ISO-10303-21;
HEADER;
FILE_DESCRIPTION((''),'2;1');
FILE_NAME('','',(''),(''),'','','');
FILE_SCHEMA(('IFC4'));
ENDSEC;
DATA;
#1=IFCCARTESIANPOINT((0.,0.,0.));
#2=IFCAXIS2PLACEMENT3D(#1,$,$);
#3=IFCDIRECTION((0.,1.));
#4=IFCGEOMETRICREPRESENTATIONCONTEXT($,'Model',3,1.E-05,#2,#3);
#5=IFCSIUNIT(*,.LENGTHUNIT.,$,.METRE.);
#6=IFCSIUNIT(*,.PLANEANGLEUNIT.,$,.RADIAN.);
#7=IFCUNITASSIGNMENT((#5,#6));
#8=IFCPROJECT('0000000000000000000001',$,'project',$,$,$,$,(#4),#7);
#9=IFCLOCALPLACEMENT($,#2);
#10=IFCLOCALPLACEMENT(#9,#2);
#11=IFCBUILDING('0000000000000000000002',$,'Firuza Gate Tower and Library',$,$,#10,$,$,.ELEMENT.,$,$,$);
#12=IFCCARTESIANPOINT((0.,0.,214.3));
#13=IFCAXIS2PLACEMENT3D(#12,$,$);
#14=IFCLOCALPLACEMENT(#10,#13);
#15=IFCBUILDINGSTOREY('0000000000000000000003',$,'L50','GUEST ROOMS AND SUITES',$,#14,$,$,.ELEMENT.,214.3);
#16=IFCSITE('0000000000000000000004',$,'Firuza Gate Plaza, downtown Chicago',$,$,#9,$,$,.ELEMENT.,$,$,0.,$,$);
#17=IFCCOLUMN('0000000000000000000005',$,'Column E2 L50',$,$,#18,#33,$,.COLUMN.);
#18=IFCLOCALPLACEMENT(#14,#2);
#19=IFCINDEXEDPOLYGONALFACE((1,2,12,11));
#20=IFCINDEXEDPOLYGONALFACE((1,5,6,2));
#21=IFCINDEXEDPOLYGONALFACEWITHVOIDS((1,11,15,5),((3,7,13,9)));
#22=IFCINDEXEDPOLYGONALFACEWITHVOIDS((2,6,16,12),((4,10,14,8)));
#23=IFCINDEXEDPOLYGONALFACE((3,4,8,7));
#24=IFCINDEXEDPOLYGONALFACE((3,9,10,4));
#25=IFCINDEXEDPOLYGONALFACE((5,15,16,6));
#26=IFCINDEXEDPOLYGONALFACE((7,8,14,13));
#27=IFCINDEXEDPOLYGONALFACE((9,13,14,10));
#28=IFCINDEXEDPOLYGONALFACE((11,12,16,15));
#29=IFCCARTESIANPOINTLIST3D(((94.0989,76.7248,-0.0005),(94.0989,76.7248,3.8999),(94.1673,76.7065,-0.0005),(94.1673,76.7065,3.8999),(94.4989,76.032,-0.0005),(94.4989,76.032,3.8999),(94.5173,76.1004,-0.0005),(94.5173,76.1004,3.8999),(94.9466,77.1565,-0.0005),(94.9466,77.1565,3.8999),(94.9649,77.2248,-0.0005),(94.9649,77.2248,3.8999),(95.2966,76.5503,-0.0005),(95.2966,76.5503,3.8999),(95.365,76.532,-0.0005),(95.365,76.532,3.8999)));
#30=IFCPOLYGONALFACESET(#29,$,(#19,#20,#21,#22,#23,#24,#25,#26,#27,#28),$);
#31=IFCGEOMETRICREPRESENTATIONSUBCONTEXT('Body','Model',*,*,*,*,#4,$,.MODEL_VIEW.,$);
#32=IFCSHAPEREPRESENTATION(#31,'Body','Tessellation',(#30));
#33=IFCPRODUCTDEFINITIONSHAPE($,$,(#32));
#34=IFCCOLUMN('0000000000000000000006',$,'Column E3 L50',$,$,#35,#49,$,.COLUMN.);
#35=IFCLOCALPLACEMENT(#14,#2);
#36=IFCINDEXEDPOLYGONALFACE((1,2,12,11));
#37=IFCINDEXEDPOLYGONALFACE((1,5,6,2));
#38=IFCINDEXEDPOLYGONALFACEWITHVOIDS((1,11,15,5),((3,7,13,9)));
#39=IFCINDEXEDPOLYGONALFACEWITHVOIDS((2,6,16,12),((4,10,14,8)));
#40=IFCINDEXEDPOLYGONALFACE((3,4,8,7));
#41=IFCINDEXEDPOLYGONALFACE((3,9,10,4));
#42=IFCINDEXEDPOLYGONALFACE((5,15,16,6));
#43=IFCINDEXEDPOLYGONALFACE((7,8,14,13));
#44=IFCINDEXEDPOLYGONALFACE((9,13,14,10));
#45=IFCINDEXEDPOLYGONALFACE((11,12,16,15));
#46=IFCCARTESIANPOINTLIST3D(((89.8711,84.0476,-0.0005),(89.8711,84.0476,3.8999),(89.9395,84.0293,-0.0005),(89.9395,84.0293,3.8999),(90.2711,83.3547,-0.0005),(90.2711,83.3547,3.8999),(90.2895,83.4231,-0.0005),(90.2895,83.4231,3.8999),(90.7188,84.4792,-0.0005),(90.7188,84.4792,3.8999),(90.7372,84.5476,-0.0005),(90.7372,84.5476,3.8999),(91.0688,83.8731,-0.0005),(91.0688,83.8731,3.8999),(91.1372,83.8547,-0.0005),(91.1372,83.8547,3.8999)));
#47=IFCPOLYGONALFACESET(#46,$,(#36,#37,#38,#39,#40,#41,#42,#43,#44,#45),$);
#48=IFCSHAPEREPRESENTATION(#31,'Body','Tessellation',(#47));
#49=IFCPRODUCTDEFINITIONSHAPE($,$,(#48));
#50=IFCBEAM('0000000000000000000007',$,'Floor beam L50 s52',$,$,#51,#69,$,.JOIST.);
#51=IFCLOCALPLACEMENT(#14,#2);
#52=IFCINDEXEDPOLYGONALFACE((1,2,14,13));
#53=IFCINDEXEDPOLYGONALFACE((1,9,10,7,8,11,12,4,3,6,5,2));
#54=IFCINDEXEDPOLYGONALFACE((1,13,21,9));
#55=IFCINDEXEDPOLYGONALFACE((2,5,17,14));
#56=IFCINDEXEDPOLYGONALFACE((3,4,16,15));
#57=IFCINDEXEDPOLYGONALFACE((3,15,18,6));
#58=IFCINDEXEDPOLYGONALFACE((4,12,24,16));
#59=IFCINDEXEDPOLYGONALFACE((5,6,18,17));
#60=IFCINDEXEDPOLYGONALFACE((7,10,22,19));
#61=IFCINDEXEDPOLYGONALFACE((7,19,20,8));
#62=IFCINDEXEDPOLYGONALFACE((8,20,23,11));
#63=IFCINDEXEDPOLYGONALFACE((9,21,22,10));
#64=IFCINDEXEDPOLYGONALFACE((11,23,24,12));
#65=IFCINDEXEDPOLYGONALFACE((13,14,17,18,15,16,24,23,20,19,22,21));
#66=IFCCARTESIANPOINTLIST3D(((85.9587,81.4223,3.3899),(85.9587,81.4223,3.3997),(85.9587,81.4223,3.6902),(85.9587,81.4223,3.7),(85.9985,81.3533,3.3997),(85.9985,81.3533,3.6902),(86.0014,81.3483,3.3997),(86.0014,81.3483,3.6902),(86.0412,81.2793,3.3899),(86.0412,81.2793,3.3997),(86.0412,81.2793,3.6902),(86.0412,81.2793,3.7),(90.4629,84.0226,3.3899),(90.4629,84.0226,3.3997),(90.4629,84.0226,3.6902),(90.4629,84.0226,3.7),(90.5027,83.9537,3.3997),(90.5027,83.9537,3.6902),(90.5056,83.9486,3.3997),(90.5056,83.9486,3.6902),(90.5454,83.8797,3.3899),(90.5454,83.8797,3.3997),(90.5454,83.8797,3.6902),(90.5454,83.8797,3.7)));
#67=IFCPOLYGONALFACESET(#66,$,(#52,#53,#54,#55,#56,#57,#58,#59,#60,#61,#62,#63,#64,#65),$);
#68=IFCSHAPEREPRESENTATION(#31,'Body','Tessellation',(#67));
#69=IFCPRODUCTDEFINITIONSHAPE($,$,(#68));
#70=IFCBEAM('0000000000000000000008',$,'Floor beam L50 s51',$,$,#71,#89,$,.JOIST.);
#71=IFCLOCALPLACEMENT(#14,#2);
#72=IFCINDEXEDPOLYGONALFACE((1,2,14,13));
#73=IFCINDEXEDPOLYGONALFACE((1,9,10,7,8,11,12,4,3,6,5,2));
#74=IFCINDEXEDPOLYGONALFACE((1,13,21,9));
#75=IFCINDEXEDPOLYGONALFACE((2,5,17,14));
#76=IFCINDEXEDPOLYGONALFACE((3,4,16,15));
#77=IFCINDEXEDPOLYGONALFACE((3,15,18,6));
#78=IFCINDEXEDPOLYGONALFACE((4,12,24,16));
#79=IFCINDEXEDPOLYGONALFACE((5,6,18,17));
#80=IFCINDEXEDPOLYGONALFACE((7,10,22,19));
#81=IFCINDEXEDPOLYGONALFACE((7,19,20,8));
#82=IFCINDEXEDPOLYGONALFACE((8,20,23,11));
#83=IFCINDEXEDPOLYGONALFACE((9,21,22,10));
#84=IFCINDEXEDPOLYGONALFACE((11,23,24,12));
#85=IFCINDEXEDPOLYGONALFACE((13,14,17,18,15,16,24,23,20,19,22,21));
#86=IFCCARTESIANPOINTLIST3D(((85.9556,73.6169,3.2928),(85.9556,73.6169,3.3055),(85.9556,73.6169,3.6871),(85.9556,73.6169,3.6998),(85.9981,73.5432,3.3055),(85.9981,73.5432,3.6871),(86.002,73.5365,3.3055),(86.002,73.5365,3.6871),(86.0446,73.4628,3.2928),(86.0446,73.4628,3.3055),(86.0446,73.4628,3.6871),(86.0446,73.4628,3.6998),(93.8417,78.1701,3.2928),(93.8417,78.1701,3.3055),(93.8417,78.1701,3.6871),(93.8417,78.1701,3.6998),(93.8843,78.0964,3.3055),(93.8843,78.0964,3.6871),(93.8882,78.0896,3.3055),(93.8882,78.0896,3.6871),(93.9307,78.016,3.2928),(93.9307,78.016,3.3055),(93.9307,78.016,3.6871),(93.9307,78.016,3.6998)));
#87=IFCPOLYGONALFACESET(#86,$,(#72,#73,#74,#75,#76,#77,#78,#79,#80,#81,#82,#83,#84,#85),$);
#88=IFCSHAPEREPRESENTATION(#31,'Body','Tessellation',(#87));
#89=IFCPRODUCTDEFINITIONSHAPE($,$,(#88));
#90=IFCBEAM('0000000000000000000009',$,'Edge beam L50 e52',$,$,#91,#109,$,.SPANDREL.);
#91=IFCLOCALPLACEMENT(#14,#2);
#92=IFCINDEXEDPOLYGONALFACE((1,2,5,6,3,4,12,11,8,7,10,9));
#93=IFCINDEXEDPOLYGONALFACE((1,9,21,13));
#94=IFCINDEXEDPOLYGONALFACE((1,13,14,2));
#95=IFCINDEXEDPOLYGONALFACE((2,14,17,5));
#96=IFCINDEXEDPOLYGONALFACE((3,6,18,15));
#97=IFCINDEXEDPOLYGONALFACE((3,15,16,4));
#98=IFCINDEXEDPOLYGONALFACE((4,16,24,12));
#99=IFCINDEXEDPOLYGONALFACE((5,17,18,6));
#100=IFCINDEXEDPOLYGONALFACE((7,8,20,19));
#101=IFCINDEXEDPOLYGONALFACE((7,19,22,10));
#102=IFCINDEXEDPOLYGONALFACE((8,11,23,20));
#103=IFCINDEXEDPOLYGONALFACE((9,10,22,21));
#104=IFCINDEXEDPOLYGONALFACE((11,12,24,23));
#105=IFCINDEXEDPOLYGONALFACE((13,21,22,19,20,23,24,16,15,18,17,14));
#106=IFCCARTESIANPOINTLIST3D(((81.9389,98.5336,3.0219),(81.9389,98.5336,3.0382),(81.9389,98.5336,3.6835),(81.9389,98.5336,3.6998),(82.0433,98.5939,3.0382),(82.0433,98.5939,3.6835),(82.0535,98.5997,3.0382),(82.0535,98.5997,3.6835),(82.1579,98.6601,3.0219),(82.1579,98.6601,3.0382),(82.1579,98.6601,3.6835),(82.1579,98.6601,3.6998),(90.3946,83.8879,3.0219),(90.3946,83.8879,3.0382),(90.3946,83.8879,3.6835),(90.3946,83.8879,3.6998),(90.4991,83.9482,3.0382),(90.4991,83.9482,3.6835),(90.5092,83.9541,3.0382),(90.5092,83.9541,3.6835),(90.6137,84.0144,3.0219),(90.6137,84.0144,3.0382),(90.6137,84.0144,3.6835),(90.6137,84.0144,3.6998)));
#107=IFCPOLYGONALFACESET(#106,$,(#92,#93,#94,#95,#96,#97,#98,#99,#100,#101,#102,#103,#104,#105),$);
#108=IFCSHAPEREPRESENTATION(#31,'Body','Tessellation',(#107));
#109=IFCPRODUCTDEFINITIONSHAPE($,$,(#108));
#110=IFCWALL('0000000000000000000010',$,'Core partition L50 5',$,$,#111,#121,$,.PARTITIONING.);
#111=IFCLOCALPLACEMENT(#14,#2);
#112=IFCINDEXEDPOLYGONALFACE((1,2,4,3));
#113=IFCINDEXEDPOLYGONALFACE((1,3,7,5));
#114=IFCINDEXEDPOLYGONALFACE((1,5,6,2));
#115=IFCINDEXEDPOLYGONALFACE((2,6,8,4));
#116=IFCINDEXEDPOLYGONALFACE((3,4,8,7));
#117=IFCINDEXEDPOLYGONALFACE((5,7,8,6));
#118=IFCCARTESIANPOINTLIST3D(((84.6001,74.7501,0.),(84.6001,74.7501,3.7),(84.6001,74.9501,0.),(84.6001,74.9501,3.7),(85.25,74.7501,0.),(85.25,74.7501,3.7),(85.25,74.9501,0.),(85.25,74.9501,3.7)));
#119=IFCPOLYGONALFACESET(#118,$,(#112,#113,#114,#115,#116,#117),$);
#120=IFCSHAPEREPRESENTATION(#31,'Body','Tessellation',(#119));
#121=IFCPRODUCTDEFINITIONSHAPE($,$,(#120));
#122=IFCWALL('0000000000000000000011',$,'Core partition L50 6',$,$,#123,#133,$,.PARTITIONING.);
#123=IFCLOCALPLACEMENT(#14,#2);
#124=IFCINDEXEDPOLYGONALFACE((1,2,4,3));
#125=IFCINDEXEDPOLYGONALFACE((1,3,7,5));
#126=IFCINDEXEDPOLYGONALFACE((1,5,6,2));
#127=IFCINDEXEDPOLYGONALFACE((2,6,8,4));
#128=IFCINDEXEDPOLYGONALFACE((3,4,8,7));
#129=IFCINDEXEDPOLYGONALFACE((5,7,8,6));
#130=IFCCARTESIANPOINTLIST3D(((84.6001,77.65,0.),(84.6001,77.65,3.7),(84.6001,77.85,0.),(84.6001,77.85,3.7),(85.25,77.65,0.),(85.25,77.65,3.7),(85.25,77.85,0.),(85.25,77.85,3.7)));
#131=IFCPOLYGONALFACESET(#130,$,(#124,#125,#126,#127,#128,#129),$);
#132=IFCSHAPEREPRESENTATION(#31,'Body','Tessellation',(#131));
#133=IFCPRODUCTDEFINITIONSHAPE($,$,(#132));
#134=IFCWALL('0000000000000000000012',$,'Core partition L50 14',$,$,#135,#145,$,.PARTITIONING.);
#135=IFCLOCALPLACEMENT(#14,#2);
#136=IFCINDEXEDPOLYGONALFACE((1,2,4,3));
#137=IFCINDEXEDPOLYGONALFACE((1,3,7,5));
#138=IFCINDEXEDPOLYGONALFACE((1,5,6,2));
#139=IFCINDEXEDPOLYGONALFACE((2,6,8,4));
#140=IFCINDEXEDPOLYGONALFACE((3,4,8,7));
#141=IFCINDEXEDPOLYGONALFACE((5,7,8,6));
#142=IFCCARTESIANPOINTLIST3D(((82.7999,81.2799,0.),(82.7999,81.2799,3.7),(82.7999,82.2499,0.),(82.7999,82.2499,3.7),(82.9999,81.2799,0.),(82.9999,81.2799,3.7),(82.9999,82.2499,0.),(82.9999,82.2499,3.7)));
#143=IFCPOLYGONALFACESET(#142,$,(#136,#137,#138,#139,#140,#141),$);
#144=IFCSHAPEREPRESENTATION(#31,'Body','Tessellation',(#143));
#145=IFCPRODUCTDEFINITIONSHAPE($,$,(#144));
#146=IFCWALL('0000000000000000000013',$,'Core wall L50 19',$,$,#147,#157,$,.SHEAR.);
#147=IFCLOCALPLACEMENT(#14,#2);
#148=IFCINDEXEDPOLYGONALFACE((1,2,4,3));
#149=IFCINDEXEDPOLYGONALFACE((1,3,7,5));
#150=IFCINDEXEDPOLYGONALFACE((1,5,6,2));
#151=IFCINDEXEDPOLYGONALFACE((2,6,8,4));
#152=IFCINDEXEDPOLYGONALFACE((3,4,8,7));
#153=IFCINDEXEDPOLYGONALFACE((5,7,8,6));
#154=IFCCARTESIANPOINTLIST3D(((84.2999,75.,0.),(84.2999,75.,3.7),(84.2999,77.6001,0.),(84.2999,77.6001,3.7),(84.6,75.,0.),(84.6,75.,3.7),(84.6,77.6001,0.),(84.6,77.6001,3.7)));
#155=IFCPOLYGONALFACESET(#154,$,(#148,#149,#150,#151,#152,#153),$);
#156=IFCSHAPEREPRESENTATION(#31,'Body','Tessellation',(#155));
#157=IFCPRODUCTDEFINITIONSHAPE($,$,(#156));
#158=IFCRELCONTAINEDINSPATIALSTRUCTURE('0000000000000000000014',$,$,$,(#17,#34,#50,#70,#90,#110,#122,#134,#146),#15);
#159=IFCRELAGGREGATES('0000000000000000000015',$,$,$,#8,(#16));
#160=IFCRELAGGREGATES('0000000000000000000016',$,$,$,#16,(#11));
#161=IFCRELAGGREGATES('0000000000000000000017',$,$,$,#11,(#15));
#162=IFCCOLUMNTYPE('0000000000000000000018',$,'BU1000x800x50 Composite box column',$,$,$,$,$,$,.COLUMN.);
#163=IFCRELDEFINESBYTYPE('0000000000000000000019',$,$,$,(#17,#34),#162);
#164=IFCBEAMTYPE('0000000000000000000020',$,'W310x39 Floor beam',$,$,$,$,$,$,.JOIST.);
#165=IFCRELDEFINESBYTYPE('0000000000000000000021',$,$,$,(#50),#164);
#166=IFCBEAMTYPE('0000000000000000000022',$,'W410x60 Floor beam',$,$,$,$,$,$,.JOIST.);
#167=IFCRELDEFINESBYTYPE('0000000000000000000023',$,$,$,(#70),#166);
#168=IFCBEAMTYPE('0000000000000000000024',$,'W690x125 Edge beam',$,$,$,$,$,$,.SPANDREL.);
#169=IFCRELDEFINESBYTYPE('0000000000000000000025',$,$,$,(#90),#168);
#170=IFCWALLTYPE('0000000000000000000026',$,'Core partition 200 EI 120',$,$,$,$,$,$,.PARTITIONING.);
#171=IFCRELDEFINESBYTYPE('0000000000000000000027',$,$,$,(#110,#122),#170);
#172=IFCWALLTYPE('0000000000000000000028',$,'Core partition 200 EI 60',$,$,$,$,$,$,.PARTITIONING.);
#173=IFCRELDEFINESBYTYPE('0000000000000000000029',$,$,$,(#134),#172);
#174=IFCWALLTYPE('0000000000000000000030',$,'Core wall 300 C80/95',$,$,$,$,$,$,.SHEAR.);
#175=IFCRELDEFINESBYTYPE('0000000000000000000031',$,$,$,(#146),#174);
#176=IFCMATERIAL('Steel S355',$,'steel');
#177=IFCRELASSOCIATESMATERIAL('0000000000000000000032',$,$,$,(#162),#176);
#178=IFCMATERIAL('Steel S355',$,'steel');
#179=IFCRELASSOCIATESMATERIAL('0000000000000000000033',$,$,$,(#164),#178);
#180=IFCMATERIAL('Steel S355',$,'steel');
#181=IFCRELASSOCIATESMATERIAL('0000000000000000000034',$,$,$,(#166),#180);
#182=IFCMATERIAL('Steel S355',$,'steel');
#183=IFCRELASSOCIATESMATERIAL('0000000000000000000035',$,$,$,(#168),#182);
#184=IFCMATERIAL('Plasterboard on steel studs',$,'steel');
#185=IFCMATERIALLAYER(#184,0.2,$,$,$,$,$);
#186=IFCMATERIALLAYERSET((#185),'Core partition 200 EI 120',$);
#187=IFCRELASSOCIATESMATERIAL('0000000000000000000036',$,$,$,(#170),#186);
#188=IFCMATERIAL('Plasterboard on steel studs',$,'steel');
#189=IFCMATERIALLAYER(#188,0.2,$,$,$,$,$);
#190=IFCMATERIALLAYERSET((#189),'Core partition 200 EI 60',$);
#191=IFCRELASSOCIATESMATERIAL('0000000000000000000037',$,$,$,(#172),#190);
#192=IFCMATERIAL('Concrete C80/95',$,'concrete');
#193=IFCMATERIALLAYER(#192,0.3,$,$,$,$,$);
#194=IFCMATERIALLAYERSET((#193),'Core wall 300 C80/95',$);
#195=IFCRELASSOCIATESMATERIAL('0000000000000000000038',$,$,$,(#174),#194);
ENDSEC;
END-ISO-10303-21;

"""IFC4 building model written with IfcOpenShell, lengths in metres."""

from ifc_helpers import new_model, si_unit, direction, frame, frame_2d, origin, origin_2d, place, context, subcontext, project, spatial, rectangle, hollow_rectangle, i_section, extrude, material, layer, layer_set, material_profile, profile_set, type_object, element, save


model = new_model("IFC4")

# Units and contexts
model_context = context("Model", 3, precision=1e-05, world=origin(), true_north=direction((0.0, 1.0)))
body_context = subcontext(model_context, "Body", "Model", "MODEL_VIEW")
ifc_project = project(units=[si_unit("LENGTHUNIT", "METRE"), si_unit("PLANEANGLEUNIT", "RADIAN")], contexts=[model_context])

# Site, building, storey
site_placement = place(None, origin())
site = spatial("IfcSite", under=ifc_project, at=site_placement, Name="Firuza Gate Plaza, downtown Chicago", CompositionType="ELEMENT", RefElevation=0.0)
building_placement = place(site_placement, origin())
building = spatial("IfcBuilding", under=site, at=building_placement, Name="Firuza Gate Tower and Library", CompositionType="ELEMENT")
storey_placement = place(building_placement, frame((0.0, 0.0, 214.3)))
storey = spatial("IfcBuildingStorey", under=building, at=storey_placement, Name="L50", Description="GUEST ROOMS AND SUITES", CompositionType="ELEMENT", Elevation=214.3)

# Columns
ifc_material_1 = material(Name="Steel S355", Category="steel")
ifc_material_profile_1 = material_profile(ifc_material_1, hollow_rectangle(XDim=0.8, YDim=1.0, WallThickness=0.05, at=origin_2d()))
ifc_profile_set_1 = profile_set([ifc_material_profile_1], Name="Steel S355")
column_type = type_object("IfcColumnType", Name="BU1000x800x50 Composite box column", PredefinedType="COLUMN", material=ifc_profile_set_1)
for number, where, z_axis, x_axis, name in (
    (1, (94.7319, 76.6284, -0.0005), (0.0, 0.0, 1.0), (-0.5, 0.866025, 0.0), "Column E2 L50"),
    (2, (90.5042, 83.9512, -0.0005), (0.0, 0.0, 1.0), (-0.5, 0.866025, 0.0), "Column E3 L50"),
):
    element("IfcColumn", number, at=place(storey_placement, frame(where, z_axis=z_axis, x_axis=x_axis)), inside=storey, type_object=column_type, Name=name, PredefinedType="COLUMN", context=body_context, shape_type="SweptSolid", body=[
        extrude(hollow_rectangle(XDim=0.8, YDim=1.0, WallThickness=0.05, at=origin_2d()), origin(), (0.0, 0.0, 1.0), 3.9004),
    ])

# Beams
ifc_material_2 = material(Name="Steel S355", Category="steel")
ifc_material_profile_2 = material_profile(ifc_material_2, i_section(OverallWidth=0.165, OverallDepth=0.3101, WebThickness=0.0059, FlangeThickness=0.0098, at=origin_2d()))
ifc_profile_set_2 = profile_set([ifc_material_profile_2], Name="Steel S355")
beam_type_1 = type_object("IfcBeamType", Name="W310x39 Floor beam", PredefinedType="JOIST", material=ifc_profile_set_2)
beam_1_placement = place(storey_placement, frame((90.5042, 83.9512, 3.5449), z_axis=(-0.866036, -0.499981, 0.0), x_axis=(0.499981, -0.866036, 0.0)))
element("IfcBeam", 3, at=beam_1_placement, inside=storey, type_object=beam_type_1, Name="Floor beam L50 s52", PredefinedType="JOIST", context=body_context, shape_type="SweptSolid", body=[
    extrude(i_section(OverallWidth=0.165, OverallDepth=0.3101, WebThickness=0.0059, FlangeThickness=0.0098, at=origin_2d()), origin(), (0.0, 0.0, 1.0), 5.2009),
])
ifc_material_3 = material(Name="Steel S355", Category="steel")
ifc_material_profile_3 = material_profile(ifc_material_3, i_section(OverallWidth=0.178, OverallDepth=0.407, WebThickness=0.0078, FlangeThickness=0.0127, at=origin_2d()))
ifc_profile_set_3 = profile_set([ifc_material_profile_3], Name="Steel S355")
beam_type_2 = type_object("IfcBeamType", Name="W410x60 Floor beam", PredefinedType="JOIST", material=ifc_profile_set_3)
beam_2_placement = place(storey_placement, frame((93.8862, 78.093, 3.4963), z_axis=(-0.86602, -0.500009, 0.0), x_axis=(0.500009, -0.86602, 0.0)))
element("IfcBeam", 4, at=beam_2_placement, inside=storey, type_object=beam_type_2, Name="Floor beam L50 s51", PredefinedType="JOIST", context=body_context, shape_type="SweptSolid", body=[
    extrude(i_section(OverallWidth=0.178, OverallDepth=0.407, WebThickness=0.0078, FlangeThickness=0.0127, at=origin_2d()), origin(), (0.0, 0.0, 1.0), 9.1062),
])
ifc_material_4 = material(Name="Steel S355", Category="steel")
ifc_material_profile_4 = material_profile(ifc_material_4, i_section(OverallWidth=0.2529, OverallDepth=0.678, WebThickness=0.0117, FlangeThickness=0.0164, at=origin_2d()))
ifc_profile_set_4 = profile_set([ifc_material_profile_4], Name="Steel S355")
beam_type_3 = type_object("IfcBeamType", Name="W690x125 Edge beam", PredefinedType="SPANDREL", material=ifc_profile_set_4)
beam_3_placement = place(storey_placement, frame((90.5042, 83.9512, 3.3608), z_axis=(-0.500004, 0.866023, 0.0), x_axis=(-0.866023, -0.500004, 0.0)))
element("IfcBeam", 5, at=beam_3_placement, inside=storey, type_object=beam_type_3, Name="Edge beam L50 e52", PredefinedType="SPANDREL", context=body_context, shape_type="SweptSolid", body=[
    extrude(i_section(OverallWidth=0.2529, OverallDepth=0.678, WebThickness=0.0117, FlangeThickness=0.0164, at=origin_2d()), origin(), (0.0, 0.0, 1.0), 16.9114),
])

# Walls
ifc_material_5 = material(Name="Plasterboard on steel studs", Category="steel")
ifc_layer_1 = layer(ifc_material_5, 0.2)
ifc_layer_set_1 = layer_set([ifc_layer_1], Name="Core partition 200 EI 120")
wall_type_1 = type_object("IfcWallType", Name="Core partition 200 EI 120", PredefinedType="PARTITIONING", material=ifc_layer_set_1)
for number, where, z_axis, x_axis, name in (
    (6, (84.6001, 74.8501, 0.0), (0.0, 0.0, 1.0), (1.0, 0.0, 0.0), "Core partition L50 5"),
    (7, (84.6001, 77.75, 0.0), (0.0, 0.0, 1.0), (1.0, 0.0, 0.0), "Core partition L50 6"),
):
    element("IfcWall", number, at=place(storey_placement, frame(where, z_axis=z_axis, x_axis=x_axis)), inside=storey, type_object=wall_type_1, Name=name, PredefinedType="PARTITIONING", context=body_context, shape_type="SweptSolid", body=[
        extrude(rectangle(XDim=0.6499, YDim=0.2, at=frame_2d((0.325, 0.0))), origin(), (0.0, 0.0, 1.0), 3.7),
    ])
ifc_material_6 = material(Name="Plasterboard on steel studs", Category="steel")
ifc_layer_2 = layer(ifc_material_6, 0.2)
ifc_layer_set_2 = layer_set([ifc_layer_2], Name="Core partition 200 EI 60")
wall_type_2 = type_object("IfcWallType", Name="Core partition 200 EI 60", PredefinedType="PARTITIONING", material=ifc_layer_set_2)
wall_1_placement = place(storey_placement, frame((82.8999, 81.28, 0.0), z_axis=(0.0, 0.0, 1.0), x_axis=(0.0, 1.0, 0.0)))
element("IfcWall", 8, at=wall_1_placement, inside=storey, type_object=wall_type_2, Name="Core partition L50 14", PredefinedType="PARTITIONING", context=body_context, shape_type="SweptSolid", body=[
    extrude(rectangle(XDim=0.97, YDim=0.2, at=frame_2d((0.4849, 0.0))), origin(), (0.0, 0.0, 1.0), 3.7),
])
ifc_material_7 = material(Name="Concrete C80/95", Category="concrete")
ifc_layer_3 = layer(ifc_material_7, 0.3)
ifc_layer_set_3 = layer_set([ifc_layer_3], Name="Core wall 300 C80/95")
wall_type_3 = type_object("IfcWallType", Name="Core wall 300 C80/95", PredefinedType="SHEAR", material=ifc_layer_set_3)
wall_2_placement = place(storey_placement, frame((84.45, 75.0, 0.0), z_axis=(0.0, 0.0, 1.0), x_axis=(0.0, 1.0, 0.0)))
element("IfcWall", 9, at=wall_2_placement, inside=storey, type_object=wall_type_3, Name="Core wall L50 19", PredefinedType="SHEAR", context=body_context, shape_type="SweptSolid", body=[
    extrude(rectangle(XDim=2.6001, YDim=0.3, at=frame_2d((1.3, 0.0))), origin(), (0.0, 0.0, 1.0), 3.7),
])

save(model, "model.ifc")
